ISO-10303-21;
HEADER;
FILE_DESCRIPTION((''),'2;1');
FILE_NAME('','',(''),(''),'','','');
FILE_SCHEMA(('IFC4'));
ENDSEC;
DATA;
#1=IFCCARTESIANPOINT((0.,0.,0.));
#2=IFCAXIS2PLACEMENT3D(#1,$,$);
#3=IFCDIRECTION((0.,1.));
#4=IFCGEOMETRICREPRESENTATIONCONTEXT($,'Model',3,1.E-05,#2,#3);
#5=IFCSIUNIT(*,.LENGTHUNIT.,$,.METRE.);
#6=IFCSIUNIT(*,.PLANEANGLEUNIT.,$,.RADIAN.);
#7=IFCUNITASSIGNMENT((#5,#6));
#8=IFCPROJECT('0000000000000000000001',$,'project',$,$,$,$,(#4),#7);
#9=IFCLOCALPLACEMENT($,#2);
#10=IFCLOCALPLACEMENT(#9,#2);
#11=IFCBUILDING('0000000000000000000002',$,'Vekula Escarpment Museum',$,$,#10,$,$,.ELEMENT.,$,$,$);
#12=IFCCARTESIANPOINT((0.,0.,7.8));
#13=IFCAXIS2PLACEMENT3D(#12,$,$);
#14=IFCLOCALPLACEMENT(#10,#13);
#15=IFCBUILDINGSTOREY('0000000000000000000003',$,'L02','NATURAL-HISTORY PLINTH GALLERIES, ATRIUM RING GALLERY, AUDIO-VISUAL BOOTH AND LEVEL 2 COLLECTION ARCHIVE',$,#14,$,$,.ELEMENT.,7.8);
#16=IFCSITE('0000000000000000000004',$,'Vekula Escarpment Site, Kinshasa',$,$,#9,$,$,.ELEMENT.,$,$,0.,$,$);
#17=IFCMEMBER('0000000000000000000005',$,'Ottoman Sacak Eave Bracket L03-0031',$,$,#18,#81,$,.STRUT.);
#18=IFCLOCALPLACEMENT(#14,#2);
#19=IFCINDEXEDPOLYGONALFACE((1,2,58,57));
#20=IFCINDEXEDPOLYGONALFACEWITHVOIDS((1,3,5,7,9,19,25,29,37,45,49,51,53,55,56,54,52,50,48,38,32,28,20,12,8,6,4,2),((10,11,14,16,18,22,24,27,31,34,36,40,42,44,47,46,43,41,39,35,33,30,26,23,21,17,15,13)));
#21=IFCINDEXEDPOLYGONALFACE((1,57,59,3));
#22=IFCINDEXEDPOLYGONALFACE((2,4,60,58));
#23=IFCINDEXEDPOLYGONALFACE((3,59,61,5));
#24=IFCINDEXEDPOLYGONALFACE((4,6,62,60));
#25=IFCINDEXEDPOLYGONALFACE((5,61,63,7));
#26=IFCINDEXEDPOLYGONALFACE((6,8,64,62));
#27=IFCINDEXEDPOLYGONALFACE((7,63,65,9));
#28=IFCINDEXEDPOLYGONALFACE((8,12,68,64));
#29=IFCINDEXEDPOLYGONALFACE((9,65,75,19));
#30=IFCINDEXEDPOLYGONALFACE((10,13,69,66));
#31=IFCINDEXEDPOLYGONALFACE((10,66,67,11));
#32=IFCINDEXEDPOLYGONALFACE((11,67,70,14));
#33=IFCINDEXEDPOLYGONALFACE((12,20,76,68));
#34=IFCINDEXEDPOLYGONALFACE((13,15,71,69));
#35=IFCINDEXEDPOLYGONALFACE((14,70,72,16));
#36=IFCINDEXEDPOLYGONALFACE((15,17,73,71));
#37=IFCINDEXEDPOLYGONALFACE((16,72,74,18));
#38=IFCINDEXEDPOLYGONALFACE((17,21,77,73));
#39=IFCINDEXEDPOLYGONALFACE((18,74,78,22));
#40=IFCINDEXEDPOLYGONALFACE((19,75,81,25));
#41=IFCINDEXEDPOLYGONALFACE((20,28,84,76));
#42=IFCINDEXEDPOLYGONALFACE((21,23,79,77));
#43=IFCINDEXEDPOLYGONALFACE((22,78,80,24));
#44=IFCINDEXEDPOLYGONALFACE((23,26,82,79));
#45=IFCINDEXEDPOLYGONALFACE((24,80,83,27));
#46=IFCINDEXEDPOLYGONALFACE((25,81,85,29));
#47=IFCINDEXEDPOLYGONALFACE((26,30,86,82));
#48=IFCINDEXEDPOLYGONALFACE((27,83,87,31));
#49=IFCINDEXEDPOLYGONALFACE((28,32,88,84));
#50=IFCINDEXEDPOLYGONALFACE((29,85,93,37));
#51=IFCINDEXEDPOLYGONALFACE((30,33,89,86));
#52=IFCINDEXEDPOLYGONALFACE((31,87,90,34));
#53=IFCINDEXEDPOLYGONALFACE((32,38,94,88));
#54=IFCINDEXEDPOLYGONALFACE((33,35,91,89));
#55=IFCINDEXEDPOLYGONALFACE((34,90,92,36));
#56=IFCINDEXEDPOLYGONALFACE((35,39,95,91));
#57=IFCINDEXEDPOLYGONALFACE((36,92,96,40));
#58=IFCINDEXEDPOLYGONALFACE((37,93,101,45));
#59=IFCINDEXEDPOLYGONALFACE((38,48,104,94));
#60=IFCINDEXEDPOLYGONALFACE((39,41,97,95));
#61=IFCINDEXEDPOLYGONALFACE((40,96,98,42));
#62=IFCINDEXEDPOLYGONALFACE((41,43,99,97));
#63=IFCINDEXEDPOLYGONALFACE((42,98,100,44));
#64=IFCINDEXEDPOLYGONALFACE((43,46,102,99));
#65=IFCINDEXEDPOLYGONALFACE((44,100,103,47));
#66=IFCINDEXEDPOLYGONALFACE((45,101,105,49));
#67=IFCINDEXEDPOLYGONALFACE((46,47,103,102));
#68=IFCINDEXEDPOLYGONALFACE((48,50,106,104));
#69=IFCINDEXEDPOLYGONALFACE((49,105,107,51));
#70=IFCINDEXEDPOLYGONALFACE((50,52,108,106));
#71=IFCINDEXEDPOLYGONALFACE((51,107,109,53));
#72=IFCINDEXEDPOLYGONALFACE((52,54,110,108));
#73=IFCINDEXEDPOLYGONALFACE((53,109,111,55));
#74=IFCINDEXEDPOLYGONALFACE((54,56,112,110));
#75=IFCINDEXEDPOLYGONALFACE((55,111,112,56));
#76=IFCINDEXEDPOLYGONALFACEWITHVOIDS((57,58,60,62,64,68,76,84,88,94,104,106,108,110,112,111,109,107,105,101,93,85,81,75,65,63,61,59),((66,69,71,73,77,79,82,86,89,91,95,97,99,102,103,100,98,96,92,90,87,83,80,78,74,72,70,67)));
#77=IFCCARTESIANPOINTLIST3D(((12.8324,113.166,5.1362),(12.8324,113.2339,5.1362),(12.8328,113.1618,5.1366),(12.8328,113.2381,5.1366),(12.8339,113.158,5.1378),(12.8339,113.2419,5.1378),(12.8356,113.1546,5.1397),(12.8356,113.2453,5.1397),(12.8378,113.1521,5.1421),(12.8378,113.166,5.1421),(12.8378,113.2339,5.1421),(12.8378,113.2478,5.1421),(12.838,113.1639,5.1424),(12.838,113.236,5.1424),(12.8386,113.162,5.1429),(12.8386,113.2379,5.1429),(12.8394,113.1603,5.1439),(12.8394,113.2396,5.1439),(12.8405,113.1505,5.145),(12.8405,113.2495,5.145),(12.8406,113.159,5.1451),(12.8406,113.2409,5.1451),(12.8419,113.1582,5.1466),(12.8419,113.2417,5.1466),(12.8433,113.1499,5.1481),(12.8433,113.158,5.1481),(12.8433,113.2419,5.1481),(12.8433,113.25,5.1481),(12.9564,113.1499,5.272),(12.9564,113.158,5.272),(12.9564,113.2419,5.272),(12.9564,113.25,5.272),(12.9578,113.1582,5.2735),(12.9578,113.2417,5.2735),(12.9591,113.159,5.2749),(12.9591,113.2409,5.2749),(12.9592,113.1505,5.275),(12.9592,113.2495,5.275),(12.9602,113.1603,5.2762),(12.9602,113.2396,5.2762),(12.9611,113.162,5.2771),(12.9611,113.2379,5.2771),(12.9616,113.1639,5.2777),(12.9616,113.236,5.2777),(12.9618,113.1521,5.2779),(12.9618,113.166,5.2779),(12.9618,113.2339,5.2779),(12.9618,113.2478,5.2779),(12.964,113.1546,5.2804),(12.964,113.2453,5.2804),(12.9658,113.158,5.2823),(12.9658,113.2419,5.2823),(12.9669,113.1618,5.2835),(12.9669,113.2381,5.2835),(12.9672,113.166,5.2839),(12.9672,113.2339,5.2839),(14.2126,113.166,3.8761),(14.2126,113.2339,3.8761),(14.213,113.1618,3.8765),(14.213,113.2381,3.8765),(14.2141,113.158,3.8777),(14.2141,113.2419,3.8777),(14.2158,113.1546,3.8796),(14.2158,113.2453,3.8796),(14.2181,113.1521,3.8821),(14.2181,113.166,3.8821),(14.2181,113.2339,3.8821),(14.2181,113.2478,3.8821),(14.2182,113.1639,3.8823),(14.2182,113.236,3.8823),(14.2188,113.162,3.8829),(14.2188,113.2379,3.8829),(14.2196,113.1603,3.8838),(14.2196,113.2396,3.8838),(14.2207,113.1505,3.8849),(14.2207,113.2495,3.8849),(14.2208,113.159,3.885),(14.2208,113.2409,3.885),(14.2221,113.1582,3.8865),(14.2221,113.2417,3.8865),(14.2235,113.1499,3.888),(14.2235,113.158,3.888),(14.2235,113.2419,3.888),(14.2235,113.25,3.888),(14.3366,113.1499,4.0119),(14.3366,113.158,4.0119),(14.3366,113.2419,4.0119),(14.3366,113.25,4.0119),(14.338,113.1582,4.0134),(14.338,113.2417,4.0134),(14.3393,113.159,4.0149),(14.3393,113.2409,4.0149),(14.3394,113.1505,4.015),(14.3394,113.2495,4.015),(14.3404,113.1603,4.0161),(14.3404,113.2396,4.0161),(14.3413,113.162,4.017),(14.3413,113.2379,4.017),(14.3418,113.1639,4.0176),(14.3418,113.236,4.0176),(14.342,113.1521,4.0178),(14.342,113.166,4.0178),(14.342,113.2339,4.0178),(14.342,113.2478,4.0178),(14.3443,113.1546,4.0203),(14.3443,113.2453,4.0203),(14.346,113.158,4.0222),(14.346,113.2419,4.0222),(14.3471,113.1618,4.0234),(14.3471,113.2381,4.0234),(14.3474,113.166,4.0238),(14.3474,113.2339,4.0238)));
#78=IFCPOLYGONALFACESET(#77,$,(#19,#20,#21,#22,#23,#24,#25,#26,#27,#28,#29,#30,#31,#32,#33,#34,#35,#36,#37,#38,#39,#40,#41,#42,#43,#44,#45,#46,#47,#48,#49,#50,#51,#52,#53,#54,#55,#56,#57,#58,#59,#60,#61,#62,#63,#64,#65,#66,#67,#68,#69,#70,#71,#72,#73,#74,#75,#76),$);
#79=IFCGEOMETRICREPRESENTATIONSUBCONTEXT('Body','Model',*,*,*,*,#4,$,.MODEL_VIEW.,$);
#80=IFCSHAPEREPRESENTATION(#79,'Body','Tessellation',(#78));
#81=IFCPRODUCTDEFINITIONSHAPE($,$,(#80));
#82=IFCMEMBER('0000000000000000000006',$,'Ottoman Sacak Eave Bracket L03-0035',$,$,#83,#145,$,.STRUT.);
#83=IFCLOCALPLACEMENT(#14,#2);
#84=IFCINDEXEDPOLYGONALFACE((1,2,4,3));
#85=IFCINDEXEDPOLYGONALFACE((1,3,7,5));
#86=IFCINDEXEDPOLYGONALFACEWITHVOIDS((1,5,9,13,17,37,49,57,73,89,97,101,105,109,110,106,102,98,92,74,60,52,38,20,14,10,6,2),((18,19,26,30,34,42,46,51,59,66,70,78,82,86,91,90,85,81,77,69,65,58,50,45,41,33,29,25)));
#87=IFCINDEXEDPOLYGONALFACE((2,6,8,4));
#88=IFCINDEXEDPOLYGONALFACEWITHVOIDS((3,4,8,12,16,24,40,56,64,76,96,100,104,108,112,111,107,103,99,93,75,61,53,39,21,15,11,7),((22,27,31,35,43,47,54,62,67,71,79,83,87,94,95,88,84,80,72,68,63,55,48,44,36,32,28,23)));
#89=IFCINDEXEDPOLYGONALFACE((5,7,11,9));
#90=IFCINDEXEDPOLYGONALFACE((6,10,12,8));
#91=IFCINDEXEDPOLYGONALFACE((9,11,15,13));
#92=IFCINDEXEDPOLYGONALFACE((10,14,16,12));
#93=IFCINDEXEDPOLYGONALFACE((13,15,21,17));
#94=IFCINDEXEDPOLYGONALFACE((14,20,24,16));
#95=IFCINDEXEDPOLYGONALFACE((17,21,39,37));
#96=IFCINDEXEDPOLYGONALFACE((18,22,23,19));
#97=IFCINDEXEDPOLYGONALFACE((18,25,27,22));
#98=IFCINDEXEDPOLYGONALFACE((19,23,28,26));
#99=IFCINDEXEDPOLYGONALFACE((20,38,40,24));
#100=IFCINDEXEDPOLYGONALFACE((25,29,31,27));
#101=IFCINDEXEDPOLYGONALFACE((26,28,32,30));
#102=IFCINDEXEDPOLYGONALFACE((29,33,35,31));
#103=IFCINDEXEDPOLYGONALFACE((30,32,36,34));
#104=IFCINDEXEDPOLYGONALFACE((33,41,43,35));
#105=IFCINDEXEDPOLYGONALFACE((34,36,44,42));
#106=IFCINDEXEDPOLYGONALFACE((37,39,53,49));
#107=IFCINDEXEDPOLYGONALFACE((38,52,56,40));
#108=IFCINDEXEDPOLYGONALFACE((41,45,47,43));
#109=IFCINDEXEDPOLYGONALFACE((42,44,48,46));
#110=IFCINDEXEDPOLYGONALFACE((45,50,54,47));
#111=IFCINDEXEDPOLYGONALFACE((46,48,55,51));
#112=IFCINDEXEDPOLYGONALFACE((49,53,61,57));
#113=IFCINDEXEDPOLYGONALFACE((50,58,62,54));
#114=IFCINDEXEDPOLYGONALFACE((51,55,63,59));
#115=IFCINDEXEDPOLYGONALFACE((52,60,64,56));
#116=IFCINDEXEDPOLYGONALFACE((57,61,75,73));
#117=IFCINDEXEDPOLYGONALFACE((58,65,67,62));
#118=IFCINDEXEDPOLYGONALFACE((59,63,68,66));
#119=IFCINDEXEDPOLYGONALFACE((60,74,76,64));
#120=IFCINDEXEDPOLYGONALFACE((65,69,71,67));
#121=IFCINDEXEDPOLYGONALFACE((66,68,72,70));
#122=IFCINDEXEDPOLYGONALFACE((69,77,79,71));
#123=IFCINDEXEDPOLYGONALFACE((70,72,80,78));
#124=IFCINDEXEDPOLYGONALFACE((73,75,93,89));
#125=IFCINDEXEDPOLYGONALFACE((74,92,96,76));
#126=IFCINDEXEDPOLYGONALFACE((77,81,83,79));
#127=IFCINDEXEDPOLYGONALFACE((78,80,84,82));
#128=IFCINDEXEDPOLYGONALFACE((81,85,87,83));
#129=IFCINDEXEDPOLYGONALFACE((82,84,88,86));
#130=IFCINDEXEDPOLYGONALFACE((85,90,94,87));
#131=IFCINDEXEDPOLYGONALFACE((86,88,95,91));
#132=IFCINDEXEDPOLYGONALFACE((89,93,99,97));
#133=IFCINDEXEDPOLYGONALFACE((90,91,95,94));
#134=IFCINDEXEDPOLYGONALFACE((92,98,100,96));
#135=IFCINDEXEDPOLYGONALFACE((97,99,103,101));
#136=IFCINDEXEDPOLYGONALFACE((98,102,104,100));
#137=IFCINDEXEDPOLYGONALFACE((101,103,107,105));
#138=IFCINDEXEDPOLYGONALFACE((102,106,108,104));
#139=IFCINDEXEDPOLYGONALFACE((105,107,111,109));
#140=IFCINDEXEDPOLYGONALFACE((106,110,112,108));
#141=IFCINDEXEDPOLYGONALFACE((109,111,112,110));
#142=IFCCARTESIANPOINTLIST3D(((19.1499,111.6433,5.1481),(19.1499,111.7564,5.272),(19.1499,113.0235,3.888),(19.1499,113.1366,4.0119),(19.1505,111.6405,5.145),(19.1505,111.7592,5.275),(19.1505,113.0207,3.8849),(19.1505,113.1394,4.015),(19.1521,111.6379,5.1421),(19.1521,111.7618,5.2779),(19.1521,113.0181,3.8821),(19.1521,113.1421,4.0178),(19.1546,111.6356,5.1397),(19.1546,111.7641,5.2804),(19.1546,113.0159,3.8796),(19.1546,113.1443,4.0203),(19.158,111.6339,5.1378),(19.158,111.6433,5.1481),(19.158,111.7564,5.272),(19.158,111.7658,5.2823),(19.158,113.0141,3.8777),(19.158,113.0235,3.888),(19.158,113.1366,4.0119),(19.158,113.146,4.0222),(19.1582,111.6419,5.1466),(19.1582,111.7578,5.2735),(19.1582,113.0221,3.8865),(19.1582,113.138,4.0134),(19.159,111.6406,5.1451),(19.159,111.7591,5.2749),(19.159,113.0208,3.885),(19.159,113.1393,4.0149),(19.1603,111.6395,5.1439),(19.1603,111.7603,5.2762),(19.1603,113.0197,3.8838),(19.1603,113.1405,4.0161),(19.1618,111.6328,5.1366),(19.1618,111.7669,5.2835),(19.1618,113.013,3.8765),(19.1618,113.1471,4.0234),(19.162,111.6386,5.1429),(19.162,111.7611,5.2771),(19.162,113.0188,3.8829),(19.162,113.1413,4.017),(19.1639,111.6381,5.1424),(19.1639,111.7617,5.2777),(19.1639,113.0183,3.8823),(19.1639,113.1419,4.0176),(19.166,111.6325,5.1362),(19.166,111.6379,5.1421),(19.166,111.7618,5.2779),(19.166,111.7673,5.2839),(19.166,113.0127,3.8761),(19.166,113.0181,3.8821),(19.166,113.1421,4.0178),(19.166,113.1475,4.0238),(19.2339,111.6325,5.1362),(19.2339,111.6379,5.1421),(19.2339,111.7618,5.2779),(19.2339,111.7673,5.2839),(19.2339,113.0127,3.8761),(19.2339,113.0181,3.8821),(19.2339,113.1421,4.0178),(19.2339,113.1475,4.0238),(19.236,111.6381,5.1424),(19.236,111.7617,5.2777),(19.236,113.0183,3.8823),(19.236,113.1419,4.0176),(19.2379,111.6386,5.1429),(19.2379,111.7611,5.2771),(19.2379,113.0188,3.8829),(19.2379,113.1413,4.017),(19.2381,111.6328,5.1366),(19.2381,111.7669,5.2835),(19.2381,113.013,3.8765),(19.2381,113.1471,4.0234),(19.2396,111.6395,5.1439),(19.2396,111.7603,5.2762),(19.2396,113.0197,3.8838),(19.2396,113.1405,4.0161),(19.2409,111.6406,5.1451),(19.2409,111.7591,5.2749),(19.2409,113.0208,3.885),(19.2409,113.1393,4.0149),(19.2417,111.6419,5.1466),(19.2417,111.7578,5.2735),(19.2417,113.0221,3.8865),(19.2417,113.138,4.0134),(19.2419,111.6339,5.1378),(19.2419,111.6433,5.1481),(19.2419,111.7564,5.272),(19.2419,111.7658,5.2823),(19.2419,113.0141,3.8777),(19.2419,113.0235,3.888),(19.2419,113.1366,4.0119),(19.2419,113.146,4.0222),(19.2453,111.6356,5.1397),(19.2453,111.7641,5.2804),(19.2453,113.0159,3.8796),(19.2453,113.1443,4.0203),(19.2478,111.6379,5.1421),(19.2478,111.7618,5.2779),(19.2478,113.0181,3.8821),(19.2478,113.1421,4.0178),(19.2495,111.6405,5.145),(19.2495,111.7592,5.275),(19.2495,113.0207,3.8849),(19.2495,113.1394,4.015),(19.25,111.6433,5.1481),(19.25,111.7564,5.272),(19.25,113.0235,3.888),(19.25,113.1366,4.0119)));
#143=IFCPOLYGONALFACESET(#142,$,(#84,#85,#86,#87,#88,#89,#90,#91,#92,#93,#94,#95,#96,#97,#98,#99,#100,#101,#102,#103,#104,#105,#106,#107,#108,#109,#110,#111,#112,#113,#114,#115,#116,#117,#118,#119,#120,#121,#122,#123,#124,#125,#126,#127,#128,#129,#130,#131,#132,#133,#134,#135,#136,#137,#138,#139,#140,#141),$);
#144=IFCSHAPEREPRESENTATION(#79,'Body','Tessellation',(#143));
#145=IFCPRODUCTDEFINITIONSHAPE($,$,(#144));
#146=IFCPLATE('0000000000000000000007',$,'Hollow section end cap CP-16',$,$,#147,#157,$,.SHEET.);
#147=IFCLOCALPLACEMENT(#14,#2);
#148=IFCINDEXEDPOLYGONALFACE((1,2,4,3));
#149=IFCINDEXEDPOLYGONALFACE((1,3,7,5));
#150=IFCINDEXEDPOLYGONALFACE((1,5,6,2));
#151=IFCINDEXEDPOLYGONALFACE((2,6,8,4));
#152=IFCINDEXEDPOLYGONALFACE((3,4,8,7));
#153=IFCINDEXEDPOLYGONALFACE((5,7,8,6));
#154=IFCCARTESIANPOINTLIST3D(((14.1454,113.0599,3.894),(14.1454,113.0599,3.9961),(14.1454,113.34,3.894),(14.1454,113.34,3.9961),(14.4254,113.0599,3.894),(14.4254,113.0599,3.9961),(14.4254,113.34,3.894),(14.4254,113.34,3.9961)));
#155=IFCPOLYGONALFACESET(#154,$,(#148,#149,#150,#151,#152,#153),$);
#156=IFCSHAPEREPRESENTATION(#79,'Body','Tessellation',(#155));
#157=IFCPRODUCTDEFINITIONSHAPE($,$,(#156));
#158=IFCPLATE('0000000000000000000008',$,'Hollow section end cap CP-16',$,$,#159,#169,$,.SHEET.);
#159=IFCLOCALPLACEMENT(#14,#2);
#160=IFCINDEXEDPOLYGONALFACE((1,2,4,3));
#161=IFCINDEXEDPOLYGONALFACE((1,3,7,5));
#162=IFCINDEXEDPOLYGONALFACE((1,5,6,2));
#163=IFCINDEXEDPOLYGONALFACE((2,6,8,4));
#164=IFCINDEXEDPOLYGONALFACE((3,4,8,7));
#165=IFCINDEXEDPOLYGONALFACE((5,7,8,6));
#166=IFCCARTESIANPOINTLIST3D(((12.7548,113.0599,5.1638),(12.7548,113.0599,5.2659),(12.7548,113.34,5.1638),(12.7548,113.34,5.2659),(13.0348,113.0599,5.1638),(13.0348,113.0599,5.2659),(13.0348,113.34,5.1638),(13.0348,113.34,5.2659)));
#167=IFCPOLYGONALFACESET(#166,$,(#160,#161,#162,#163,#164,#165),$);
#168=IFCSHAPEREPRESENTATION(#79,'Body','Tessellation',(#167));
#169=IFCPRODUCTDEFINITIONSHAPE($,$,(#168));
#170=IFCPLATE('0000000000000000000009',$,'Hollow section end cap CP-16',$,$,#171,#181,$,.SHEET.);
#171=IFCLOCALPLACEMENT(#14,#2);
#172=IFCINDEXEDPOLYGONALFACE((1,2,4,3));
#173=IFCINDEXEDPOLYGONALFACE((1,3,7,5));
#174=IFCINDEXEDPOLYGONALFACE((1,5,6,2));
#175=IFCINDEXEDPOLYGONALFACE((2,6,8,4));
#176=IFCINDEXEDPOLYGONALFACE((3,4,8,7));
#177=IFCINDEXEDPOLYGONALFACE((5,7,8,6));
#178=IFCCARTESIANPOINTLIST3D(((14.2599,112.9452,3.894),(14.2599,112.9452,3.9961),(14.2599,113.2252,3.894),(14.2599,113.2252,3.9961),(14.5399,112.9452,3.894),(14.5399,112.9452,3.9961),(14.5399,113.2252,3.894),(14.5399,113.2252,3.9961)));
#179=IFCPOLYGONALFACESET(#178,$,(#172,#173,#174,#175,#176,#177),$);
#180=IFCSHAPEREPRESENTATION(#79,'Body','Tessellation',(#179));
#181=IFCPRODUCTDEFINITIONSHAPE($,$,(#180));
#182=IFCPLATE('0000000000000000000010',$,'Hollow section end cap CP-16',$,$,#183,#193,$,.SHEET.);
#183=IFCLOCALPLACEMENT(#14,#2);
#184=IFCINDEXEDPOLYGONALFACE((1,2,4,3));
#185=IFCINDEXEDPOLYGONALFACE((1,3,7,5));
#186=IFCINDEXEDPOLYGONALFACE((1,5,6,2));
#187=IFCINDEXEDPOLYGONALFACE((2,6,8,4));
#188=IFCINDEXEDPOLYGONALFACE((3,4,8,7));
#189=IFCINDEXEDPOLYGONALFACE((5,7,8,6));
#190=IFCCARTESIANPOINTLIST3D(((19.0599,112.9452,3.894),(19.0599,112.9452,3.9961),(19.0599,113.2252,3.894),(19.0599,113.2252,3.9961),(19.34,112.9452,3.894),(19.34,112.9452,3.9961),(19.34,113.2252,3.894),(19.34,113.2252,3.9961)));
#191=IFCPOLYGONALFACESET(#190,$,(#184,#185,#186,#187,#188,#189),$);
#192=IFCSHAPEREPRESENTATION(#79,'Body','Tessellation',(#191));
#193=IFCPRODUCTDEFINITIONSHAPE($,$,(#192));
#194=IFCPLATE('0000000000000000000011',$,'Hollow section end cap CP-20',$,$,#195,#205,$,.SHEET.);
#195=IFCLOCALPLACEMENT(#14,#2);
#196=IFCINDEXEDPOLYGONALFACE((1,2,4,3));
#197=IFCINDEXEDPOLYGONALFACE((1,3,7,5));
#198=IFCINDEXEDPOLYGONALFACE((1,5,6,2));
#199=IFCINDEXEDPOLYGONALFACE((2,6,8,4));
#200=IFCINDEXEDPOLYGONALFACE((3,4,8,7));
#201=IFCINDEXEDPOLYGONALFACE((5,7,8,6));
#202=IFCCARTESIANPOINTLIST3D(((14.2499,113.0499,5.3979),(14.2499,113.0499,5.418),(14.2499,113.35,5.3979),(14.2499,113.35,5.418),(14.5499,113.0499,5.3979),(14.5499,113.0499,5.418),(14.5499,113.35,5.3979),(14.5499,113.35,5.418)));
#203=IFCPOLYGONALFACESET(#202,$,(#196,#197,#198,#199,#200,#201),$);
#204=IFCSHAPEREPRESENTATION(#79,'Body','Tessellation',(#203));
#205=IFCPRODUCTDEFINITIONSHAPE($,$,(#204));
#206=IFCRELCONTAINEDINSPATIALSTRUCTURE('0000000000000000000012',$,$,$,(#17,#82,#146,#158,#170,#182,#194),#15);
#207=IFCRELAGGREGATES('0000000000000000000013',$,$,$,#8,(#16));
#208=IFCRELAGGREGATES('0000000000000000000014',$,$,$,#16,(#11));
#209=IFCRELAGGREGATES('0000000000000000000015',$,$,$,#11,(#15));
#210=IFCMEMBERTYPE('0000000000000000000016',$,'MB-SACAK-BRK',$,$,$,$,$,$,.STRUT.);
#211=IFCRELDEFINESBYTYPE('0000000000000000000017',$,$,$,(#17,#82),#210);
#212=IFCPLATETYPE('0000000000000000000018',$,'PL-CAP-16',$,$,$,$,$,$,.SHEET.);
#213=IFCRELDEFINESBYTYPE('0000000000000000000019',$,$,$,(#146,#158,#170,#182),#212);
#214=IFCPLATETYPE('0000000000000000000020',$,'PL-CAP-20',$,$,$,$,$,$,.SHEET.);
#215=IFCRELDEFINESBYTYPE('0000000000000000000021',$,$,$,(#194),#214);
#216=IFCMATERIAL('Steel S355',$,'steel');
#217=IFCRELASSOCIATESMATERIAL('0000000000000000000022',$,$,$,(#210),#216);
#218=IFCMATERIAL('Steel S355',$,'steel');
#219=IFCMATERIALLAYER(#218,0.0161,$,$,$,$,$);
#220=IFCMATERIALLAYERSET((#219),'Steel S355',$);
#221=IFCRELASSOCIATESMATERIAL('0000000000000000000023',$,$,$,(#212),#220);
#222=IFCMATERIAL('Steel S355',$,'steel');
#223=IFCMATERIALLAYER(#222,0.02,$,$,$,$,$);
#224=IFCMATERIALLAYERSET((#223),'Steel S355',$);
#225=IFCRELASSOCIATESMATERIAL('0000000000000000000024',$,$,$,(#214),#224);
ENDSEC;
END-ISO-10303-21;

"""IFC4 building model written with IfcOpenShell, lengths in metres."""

from ifc_helpers import new_model, si_unit, direction, frame, origin, origin_2d, place, context, subcontext, project, spatial, rectangle, hollow_rectangle, extrude, material, layer, layer_set, material_profile, profile_set, type_object, element, save


model = new_model("IFC4")

# Units and contexts
model_context = context("Model", 3, precision=1e-05, world=origin(), true_north=direction((0.0, 1.0)))
body_context = subcontext(model_context, "Body", "Model", "MODEL_VIEW")
ifc_project = project(units=[si_unit("LENGTHUNIT", "METRE"), si_unit("PLANEANGLEUNIT", "RADIAN")], contexts=[model_context])

# Site, building, storey
site_placement = place(None, origin())
site = spatial("IfcSite", under=ifc_project, at=site_placement, Name="Vekula Escarpment Site, Kinshasa", CompositionType="ELEMENT", RefElevation=0.0)
building_placement = place(site_placement, origin())
building = spatial("IfcBuilding", under=site, at=building_placement, Name="Vekula Escarpment Museum", CompositionType="ELEMENT")
storey_placement = place(building_placement, frame((0.0, 0.0, 7.8)))
storey = spatial("IfcBuildingStorey", under=building, at=storey_placement, Name="L02", Description="NATURAL-HISTORY PLINTH GALLERIES, ATRIUM RING GALLERY, AUDIO-VISUAL BOOTH AND LEVEL 2 COLLECTION ARCHIVE", CompositionType="ELEMENT", Elevation=7.8)

# Members
ifc_material_1 = material(Name="Steel S355", Category="steel")
ifc_material_profile_1 = material_profile(ifc_material_1, hollow_rectangle(XDim=0.1001, YDim=0.2, WallThickness=0.0081, InnerFilletRadius=0.0081, OuterFilletRadius=0.0161, at=origin_2d()), Name="RHS 200x100x8")
ifc_profile_set_1 = profile_set([ifc_material_profile_1], Name="Steel S355")
member_type = type_object("IfcMemberType", Name="MB-SACAK-BRK", PredefinedType="STRUT", material=ifc_profile_set_1)
for number, where, z_axis, x_axis, name in (
    (1, (14.28, 113.2, 3.95), (-0.738514, 0.0, 0.674238), (0.0, -1.0, 0.0), "Ottoman Sacak Eave Bracket L03-0031"),
    (2, (19.2, 113.0801, 3.95), (0.0, -0.738514, 0.674238), (1.0, 0.0, 0.0), "Ottoman Sacak Eave Bracket L03-0035"),
):
    element("IfcMember", number, at=place(storey_placement, frame(where, z_axis=z_axis, x_axis=x_axis)), inside=storey, type_object=member_type, Name=name, PredefinedType="STRUT", context=body_context, shape_type="SweptSolid", body=[
        extrude(hollow_rectangle(XDim=0.1001, YDim=0.2, WallThickness=0.0081, InnerFilletRadius=0.0081, OuterFilletRadius=0.0161, at=origin_2d()), origin(), (0.0, 0.0, 1.0), 1.8689),
    ])

# Plates
ifc_material_2 = material(Name="Steel S355", Category="steel")
ifc_layer_1 = layer(ifc_material_2, 0.0161)
ifc_layer_set_1 = layer_set([ifc_layer_1], Name="Steel S355")
plate_type_1 = type_object("IfcPlateType", Name="PL-CAP-16", PredefinedType="SHEET", material=ifc_layer_set_1)
for number, where, z_axis, x_axis, name in (
    (3, (14.2854, 113.2, 3.894), (0.0, 0.0, 1.0), (1.0, 0.0, 0.0), "Hollow section end cap CP-16"),
    (4, (12.8948, 113.2, 5.1638), (0.0, 0.0, 1.0), (1.0, 0.0, 0.0), "Hollow section end cap CP-16"),
    (5, (14.3999, 113.0852, 3.894), (0.0, 0.0, 1.0), (1.0, 0.0, 0.0), "Hollow section end cap CP-16"),
    (6, (19.2, 113.0852, 3.894), (0.0, 0.0, 1.0), (1.0, 0.0, 0.0), "Hollow section end cap CP-16"),
):
    element("IfcPlate", number, at=place(storey_placement, frame(where, z_axis=z_axis, x_axis=x_axis)), inside=storey, type_object=plate_type_1, Name=name, PredefinedType="SHEET", context=body_context, shape_type="SweptSolid", body=[
        extrude(rectangle(XDim=0.28, YDim=0.28, at=origin_2d()), origin(), (0.0, 0.0, 1.0), 0.1021),
    ])
ifc_material_3 = material(Name="Steel S355", Category="steel")
ifc_layer_2 = layer(ifc_material_3, 0.02)
ifc_layer_set_2 = layer_set([ifc_layer_2], Name="Steel S355")
plate_type_2 = type_object("IfcPlateType", Name="PL-CAP-20", PredefinedType="SHEET", material=ifc_layer_set_2)
plate_1_placement = place(storey_placement, frame((14.3999, 113.2, 5.3979), z_axis=(0.0, 0.0, 1.0), x_axis=(1.0, 0.0, 0.0)))
element("IfcPlate", 7, at=plate_1_placement, inside=storey, type_object=plate_type_2, Name="Hollow section end cap CP-20", PredefinedType="SHEET", context=body_context, shape_type="SweptSolid", body=[
    extrude(rectangle(XDim=0.3, YDim=0.3, at=origin_2d()), origin(), (0.0, 0.0, 1.0), 0.02),
])

save(model, "model.ifc")
